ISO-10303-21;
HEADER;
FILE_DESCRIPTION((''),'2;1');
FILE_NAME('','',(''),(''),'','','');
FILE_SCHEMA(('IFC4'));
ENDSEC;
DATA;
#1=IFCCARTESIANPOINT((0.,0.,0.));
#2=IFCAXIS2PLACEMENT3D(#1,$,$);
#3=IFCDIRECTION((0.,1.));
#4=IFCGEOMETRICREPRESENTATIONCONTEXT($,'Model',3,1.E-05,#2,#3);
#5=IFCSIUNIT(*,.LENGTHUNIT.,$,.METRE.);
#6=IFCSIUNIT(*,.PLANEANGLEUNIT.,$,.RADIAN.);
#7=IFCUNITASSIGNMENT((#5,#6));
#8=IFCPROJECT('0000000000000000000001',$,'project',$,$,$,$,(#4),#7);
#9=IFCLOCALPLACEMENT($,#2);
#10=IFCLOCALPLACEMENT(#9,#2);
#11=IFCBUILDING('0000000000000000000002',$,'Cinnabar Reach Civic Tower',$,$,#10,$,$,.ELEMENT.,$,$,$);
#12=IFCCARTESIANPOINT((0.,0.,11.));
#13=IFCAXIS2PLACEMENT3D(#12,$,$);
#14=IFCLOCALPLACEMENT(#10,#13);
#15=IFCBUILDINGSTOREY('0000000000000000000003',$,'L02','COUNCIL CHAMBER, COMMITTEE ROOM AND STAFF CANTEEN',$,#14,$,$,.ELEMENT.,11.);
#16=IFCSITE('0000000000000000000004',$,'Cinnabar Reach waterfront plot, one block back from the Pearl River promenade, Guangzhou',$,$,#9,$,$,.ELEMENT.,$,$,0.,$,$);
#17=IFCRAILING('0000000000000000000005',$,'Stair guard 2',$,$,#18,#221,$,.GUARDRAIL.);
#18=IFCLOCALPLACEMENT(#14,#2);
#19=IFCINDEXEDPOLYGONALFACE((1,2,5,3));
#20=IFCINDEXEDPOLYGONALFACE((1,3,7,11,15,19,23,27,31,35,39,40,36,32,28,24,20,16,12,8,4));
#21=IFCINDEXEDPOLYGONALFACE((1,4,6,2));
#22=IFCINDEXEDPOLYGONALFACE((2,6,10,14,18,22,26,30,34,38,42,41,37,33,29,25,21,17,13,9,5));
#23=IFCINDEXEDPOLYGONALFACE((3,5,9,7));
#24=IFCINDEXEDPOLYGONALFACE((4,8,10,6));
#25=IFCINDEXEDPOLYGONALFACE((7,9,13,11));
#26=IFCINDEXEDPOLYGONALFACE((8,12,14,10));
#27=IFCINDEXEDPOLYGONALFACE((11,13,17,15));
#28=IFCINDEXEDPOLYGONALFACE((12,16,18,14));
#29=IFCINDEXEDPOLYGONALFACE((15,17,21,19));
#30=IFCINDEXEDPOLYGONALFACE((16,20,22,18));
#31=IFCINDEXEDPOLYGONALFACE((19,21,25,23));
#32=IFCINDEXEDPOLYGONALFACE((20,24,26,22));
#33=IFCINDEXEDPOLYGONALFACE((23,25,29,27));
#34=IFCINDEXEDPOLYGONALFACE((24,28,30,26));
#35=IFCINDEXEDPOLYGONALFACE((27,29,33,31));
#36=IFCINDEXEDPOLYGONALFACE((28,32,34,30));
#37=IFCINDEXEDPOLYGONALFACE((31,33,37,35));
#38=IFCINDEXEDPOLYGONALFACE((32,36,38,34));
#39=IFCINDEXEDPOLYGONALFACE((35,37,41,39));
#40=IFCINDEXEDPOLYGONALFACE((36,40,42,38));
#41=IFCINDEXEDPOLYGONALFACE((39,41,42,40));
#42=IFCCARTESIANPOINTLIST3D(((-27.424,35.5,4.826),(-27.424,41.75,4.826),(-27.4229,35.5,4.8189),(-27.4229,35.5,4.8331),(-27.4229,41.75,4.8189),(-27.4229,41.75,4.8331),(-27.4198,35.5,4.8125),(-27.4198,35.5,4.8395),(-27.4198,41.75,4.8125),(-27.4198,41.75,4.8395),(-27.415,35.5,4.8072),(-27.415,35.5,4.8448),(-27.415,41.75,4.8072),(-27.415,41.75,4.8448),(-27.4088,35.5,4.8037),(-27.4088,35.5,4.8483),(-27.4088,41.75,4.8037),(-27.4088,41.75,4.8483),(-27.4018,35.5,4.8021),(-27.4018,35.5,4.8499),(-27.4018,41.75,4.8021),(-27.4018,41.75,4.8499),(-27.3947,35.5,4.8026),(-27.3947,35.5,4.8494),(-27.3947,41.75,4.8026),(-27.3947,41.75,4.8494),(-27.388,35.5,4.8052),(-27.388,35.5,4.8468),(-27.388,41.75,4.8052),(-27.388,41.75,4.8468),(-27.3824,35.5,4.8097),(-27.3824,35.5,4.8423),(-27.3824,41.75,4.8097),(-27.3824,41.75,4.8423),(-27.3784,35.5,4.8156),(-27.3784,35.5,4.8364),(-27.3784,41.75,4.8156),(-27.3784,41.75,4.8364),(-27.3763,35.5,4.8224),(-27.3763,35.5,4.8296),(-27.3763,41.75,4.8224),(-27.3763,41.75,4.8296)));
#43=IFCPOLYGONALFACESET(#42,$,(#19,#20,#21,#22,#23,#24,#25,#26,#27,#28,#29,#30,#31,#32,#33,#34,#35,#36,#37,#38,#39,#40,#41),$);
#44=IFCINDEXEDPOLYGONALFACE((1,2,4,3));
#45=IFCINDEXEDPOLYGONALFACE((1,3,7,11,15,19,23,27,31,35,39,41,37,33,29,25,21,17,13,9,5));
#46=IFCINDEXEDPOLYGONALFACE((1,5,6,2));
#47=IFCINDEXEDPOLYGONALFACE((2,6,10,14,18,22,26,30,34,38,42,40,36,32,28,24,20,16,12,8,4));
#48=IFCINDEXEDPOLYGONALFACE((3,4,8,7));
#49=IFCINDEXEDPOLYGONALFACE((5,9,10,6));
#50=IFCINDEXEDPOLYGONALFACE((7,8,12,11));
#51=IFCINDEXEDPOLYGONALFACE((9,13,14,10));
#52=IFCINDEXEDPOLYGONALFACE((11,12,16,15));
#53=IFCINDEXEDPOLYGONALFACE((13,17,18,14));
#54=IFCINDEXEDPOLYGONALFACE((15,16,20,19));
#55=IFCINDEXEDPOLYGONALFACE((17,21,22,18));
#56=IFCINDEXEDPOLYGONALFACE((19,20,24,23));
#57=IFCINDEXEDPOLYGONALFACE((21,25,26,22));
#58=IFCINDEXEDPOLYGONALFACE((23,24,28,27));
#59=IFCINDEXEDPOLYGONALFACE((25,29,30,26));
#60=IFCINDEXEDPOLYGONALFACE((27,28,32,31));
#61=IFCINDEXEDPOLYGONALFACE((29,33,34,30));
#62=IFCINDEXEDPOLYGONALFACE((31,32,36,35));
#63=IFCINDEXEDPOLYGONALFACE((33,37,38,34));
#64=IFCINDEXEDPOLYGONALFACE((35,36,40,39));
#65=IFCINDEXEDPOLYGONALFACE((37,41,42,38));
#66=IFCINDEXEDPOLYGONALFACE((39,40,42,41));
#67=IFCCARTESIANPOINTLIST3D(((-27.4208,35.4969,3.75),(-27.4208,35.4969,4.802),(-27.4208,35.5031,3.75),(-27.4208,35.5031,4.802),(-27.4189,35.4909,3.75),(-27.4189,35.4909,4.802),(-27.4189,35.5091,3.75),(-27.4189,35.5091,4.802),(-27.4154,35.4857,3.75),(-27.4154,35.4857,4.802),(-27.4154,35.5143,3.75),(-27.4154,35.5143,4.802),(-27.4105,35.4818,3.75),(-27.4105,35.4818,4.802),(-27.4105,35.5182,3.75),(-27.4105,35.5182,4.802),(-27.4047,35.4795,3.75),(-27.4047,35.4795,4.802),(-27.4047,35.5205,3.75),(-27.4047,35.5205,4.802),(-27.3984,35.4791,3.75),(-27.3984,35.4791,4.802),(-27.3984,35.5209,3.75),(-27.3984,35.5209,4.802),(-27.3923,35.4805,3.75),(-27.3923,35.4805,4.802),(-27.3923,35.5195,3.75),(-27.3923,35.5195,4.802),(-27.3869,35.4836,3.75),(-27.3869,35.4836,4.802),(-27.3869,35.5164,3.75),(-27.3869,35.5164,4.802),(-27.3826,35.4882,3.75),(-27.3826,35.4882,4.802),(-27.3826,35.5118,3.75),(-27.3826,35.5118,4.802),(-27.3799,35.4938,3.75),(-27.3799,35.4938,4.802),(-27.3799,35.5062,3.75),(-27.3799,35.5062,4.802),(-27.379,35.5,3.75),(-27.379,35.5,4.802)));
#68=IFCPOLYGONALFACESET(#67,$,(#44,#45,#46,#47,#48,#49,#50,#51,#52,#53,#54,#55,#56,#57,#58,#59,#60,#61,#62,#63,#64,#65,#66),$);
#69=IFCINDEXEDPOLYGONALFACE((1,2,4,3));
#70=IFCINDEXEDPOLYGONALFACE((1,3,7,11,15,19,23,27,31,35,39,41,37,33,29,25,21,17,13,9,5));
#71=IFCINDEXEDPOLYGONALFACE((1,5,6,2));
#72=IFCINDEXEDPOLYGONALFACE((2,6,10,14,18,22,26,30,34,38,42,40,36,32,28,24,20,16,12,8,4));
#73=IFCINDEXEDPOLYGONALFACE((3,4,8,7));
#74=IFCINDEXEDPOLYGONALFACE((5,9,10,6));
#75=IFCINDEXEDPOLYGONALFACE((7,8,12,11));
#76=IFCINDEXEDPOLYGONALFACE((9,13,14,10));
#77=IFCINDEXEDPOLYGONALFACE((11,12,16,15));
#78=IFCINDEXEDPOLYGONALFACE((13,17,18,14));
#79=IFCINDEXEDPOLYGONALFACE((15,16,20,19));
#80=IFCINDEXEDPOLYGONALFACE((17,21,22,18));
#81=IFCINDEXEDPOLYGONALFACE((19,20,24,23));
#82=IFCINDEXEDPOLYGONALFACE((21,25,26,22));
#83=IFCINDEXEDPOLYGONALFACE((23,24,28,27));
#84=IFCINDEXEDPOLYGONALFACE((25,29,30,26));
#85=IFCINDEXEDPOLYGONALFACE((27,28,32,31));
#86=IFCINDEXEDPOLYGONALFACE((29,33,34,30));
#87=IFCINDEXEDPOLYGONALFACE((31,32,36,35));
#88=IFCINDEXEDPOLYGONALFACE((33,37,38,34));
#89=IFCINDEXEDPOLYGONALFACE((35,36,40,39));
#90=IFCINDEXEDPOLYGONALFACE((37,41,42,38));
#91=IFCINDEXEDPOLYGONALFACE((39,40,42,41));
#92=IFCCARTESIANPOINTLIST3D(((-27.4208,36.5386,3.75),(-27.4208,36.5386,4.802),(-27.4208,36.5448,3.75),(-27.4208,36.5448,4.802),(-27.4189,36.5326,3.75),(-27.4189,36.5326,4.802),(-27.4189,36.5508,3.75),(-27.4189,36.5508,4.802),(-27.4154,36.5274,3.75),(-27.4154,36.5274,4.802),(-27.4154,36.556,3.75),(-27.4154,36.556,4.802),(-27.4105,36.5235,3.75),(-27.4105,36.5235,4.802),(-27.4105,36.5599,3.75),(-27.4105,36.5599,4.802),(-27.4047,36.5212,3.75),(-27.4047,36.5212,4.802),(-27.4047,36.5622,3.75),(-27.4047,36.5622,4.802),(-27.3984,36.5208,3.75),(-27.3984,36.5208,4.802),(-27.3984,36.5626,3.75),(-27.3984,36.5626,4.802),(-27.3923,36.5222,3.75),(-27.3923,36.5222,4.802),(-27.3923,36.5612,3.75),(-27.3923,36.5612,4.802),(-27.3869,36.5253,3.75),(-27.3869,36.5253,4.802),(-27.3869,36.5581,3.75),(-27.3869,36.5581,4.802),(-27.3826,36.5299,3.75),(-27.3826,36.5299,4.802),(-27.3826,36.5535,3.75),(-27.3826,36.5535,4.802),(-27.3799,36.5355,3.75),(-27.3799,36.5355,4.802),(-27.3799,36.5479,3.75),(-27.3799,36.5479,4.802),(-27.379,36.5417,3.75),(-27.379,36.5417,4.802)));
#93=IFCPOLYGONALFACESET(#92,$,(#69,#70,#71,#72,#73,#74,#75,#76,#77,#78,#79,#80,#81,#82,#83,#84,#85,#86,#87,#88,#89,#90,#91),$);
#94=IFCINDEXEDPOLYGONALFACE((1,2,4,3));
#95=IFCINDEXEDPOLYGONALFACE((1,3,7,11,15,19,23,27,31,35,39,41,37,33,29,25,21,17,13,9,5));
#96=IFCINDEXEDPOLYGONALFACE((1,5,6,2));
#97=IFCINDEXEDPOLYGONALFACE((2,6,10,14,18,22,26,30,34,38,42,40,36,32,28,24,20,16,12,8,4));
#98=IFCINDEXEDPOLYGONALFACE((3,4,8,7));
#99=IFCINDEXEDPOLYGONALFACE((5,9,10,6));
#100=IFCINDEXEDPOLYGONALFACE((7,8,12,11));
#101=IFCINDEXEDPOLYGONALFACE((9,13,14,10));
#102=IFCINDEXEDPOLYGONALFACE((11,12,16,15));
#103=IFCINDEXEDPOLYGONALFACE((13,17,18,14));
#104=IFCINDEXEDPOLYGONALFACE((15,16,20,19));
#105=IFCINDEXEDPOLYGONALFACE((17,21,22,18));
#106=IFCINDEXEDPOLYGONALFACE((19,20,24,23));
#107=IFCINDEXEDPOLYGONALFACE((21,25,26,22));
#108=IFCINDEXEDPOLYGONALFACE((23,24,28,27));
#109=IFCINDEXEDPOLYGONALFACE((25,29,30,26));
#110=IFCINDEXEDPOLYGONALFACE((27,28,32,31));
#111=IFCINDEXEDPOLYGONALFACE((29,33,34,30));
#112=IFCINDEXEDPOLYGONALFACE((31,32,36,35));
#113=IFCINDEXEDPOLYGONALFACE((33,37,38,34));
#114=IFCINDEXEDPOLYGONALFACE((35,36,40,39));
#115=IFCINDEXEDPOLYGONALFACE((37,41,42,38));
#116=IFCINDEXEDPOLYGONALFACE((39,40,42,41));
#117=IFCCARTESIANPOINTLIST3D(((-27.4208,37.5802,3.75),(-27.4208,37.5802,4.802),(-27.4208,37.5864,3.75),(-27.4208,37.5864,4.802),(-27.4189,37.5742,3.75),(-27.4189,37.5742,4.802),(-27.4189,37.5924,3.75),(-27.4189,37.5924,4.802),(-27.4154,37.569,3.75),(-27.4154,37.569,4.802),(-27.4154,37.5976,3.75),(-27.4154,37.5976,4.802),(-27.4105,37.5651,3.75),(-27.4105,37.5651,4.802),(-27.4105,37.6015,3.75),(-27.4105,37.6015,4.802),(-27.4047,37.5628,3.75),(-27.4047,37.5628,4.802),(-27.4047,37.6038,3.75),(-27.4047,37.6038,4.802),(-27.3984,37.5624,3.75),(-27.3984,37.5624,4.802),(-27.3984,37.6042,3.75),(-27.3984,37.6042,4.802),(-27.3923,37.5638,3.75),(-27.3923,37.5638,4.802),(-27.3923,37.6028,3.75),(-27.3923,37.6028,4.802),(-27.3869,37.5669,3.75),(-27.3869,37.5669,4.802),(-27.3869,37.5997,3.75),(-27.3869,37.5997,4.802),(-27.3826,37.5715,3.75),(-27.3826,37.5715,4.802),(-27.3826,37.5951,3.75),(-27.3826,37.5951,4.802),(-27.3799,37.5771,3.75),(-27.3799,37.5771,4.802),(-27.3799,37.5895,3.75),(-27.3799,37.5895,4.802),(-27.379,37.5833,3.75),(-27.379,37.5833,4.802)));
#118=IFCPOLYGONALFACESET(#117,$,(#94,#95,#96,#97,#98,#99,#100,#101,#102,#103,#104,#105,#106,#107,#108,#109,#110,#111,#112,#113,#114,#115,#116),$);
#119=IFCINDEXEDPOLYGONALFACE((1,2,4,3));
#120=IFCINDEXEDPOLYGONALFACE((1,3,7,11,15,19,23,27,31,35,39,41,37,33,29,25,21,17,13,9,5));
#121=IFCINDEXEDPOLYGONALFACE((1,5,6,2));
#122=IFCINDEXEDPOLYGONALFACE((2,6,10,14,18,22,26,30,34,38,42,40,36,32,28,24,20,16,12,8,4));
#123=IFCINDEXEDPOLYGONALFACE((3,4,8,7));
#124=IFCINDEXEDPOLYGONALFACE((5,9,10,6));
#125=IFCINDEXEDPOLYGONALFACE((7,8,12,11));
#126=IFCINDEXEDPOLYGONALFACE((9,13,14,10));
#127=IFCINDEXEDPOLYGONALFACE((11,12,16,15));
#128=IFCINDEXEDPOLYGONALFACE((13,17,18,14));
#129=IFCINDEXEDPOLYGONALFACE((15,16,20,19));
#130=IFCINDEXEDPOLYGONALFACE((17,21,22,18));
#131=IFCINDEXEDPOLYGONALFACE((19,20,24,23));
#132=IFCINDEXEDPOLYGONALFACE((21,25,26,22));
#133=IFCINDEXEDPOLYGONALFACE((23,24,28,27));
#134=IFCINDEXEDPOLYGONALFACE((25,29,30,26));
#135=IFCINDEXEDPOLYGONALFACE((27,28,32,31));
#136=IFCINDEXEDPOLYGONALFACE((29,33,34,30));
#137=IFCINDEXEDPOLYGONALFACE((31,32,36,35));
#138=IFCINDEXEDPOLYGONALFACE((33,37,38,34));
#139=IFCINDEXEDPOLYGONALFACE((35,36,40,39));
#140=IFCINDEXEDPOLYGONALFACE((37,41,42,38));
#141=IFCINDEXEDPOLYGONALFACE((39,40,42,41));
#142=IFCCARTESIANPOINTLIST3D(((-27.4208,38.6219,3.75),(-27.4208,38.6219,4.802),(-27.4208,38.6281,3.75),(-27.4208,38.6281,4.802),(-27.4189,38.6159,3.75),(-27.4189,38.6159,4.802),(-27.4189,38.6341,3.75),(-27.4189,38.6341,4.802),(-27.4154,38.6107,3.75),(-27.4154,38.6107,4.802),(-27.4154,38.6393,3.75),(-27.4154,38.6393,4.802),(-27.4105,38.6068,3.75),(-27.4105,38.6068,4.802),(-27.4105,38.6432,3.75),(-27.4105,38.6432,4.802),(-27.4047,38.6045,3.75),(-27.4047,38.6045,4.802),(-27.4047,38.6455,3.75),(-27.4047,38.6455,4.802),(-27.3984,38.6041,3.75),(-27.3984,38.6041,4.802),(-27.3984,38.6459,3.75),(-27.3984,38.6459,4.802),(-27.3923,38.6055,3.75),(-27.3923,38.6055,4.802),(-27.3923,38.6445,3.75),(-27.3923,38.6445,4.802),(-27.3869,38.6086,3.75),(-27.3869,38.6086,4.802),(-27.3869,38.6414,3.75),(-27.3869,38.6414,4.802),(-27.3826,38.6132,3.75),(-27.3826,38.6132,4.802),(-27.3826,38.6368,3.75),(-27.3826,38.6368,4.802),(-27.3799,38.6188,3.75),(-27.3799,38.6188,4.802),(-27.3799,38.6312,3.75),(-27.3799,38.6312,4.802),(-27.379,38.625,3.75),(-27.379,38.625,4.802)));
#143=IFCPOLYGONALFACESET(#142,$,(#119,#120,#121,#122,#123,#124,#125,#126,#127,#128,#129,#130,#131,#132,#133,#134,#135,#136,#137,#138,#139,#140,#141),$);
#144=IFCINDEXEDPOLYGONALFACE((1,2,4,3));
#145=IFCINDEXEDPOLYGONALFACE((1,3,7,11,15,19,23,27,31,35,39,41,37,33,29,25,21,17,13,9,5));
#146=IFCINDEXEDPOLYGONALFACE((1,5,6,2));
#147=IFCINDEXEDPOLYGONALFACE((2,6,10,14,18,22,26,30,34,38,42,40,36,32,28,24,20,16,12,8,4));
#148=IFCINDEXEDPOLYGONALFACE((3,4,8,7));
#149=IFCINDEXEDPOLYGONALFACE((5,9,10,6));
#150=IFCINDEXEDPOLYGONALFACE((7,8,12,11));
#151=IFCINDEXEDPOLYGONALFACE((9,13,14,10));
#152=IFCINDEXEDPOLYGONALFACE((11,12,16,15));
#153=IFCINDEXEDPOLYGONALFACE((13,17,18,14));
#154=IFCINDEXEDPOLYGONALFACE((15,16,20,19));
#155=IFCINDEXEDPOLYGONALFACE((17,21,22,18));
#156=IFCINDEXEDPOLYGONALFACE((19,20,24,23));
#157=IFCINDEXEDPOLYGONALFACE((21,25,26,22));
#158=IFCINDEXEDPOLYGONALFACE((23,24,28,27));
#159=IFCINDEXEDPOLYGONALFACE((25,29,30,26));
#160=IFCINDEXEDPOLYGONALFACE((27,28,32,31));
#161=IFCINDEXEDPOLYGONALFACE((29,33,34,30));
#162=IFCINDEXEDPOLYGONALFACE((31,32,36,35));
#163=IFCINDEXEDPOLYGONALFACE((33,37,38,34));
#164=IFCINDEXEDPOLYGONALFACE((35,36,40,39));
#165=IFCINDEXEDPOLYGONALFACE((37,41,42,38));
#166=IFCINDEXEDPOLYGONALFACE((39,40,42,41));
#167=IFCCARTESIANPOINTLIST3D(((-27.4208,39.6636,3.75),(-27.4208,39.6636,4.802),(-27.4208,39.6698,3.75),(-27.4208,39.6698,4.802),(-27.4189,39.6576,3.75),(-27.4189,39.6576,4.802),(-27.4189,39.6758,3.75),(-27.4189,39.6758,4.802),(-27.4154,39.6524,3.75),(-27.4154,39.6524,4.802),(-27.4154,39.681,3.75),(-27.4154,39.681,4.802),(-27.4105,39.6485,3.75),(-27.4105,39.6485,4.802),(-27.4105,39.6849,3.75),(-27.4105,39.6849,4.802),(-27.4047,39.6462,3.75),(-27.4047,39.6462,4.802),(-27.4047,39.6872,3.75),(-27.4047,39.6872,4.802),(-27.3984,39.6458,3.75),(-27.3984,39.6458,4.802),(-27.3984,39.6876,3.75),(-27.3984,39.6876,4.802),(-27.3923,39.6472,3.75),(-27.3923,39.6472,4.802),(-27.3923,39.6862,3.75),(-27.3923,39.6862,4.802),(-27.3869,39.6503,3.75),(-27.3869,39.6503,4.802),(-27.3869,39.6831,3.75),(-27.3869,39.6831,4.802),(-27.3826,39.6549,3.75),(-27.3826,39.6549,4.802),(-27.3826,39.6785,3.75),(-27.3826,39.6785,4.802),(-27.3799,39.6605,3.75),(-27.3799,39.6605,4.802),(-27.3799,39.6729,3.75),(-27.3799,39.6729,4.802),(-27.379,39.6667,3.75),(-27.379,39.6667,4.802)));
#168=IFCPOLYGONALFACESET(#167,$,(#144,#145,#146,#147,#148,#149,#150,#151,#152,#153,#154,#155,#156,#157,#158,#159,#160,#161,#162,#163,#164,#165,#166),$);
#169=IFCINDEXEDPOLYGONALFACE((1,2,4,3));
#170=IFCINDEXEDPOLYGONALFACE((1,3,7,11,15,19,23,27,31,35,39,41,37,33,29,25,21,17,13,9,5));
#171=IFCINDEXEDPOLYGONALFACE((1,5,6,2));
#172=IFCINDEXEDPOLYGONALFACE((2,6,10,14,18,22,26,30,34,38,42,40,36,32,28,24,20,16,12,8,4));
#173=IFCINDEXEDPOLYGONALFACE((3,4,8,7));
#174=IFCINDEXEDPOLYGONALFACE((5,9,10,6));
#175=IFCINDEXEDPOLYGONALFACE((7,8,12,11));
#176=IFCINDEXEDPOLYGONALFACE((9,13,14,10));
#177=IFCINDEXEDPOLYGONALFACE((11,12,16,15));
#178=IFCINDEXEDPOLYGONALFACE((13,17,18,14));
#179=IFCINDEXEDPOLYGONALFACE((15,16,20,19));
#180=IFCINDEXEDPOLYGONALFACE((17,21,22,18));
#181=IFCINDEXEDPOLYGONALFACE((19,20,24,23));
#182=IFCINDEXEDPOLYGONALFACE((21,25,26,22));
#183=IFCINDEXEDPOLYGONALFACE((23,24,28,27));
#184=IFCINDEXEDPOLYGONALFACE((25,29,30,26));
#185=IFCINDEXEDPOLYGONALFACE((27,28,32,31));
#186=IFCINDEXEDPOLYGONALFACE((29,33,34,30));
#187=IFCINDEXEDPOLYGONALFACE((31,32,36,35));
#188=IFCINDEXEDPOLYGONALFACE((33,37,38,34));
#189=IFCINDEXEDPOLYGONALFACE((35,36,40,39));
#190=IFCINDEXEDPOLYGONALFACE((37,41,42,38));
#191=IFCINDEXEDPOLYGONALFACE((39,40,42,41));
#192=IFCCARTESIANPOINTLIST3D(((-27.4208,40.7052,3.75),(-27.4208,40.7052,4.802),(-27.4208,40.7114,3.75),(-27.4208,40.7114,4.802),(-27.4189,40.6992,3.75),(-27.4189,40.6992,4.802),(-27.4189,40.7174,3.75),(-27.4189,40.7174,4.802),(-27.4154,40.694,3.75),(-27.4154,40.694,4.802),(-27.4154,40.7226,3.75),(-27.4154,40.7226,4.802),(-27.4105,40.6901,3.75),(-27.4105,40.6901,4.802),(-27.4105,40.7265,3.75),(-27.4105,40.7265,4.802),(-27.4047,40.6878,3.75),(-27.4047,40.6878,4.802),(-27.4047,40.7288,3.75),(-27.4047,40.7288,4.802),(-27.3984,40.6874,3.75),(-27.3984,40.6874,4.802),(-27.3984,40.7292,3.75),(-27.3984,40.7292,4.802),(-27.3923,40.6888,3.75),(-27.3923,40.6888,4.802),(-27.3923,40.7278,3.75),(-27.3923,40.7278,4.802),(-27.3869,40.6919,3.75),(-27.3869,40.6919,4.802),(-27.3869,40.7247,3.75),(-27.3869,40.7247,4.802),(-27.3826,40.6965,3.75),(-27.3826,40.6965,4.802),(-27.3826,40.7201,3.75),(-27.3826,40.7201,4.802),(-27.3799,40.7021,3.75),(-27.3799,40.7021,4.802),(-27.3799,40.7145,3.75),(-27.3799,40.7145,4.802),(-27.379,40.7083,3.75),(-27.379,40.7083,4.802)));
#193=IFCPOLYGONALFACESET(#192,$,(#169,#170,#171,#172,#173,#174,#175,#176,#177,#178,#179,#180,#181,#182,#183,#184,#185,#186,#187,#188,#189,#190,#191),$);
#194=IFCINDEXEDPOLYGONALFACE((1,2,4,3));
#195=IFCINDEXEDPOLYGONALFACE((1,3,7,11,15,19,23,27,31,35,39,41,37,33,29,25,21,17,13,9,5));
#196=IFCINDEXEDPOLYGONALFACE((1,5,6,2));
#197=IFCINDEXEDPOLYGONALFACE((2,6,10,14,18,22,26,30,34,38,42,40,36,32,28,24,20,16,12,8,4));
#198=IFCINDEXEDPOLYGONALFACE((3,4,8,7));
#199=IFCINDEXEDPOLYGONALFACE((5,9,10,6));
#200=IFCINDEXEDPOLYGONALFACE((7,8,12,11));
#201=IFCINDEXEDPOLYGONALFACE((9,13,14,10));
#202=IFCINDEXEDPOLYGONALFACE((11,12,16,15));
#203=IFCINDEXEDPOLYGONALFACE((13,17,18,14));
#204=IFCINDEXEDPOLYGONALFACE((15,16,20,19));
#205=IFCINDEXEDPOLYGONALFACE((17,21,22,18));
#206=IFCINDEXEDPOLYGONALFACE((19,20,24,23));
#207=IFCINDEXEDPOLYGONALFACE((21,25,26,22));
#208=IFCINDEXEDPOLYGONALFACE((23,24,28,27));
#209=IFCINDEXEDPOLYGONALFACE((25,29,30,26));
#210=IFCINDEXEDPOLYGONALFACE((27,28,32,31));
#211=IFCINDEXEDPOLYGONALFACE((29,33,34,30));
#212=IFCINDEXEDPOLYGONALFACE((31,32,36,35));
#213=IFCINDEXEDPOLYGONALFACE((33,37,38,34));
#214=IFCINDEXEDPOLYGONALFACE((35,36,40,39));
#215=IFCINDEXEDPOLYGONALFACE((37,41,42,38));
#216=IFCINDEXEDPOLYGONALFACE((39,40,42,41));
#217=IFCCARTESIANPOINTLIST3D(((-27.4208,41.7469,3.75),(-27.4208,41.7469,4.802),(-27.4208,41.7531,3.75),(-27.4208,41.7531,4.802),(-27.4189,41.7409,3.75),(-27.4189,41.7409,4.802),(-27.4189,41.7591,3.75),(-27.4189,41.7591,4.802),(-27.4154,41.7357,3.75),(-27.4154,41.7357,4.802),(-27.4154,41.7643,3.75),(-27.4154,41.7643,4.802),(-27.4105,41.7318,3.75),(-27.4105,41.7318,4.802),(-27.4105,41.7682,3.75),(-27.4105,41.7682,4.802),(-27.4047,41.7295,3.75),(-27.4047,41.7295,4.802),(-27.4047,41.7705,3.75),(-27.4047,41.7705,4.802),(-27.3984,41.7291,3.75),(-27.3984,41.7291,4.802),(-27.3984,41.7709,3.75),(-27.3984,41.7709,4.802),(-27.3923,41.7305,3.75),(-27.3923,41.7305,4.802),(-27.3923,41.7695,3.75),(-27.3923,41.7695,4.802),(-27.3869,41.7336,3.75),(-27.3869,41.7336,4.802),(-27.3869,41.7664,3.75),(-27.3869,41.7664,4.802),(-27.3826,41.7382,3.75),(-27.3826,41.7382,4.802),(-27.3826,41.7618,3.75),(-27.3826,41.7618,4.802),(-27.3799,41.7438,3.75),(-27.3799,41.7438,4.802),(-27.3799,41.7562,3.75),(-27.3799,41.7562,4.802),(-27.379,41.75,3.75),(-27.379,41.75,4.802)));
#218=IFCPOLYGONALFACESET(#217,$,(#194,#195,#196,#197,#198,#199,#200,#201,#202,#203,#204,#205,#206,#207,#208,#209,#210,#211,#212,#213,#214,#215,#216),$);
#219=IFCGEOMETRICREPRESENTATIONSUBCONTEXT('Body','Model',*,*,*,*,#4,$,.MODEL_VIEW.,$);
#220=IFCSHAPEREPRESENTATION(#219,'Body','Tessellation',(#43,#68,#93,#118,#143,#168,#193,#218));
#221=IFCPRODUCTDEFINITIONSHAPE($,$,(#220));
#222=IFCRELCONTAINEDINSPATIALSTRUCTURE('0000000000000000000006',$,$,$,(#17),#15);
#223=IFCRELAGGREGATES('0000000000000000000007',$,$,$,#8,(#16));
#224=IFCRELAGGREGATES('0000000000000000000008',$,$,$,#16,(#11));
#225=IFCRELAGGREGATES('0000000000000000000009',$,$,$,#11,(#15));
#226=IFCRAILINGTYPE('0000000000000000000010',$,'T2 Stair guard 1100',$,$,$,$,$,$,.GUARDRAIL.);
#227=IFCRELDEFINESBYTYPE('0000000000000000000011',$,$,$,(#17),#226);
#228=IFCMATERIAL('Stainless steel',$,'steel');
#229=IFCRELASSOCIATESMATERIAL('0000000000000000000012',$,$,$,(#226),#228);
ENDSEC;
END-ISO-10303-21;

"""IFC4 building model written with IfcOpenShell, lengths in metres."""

from ifc_helpers import new_model, si_unit, direction, frame, origin, origin_2d, place, context, subcontext, project, spatial, circle, extrude, material, type_object, element, save


model = new_model("IFC4")

# Units and contexts
model_context = context("Model", 3, precision=1e-05, world=origin(), true_north=direction((0.0, 1.0)))
body_context = subcontext(model_context, "Body", "Model", "MODEL_VIEW")
ifc_project = project(units=[si_unit("LENGTHUNIT", "METRE"), si_unit("PLANEANGLEUNIT", "RADIAN")], contexts=[model_context])

# Site, building, storey
site_placement = place(None, origin())
site = spatial("IfcSite", under=ifc_project, at=site_placement, Name="Cinnabar Reach waterfront plot, one block back from the Pearl River promenade, Guangzhou", CompositionType="ELEMENT", RefElevation=0.0)
building_placement = place(site_placement, origin())
building = spatial("IfcBuilding", under=site, at=building_placement, Name="Cinnabar Reach Civic Tower", CompositionType="ELEMENT")
storey_placement = place(building_placement, frame((0.0, 0.0, 11.0)))
storey = spatial("IfcBuildingStorey", under=building, at=storey_placement, Name="L02", Description="COUNCIL CHAMBER, COMMITTEE ROOM AND STAFF CANTEEN", CompositionType="ELEMENT", Elevation=11.0)

# Railing
ifc_material_1 = material(Name="Stainless steel", Category="steel")
railing_type = type_object("IfcRailingType", Name="T2 Stair guard 1100", PredefinedType="GUARDRAIL", material=ifc_material_1)
for number, where, name in (
    (1, (-27.4, 35.5, 3.75), "Stair guard 2"),
):
    element("IfcRailing", number, at=place(storey_placement, frame(where)), inside=storey, type_object=railing_type, Name=name, PredefinedType="GUARDRAIL", context=body_context, shape_type="SweptSolid", body=[
        extrude(circle(Radius=0.024, at=origin_2d()), frame((0.0, 0.0, 1.076), z_axis=(0.0, 1.0, 0.0), x_axis=(-1.0, 0.0, 0.0)), (0.0, 0.0, 1.0), 6.25),
        extrude(circle(Radius=0.021, at=origin_2d()), origin(), (0.0, 0.0, 1.0), 1.052),
        extrude(circle(Radius=0.021, at=origin_2d()), frame((0.0, 1.0417, 0.0)), (0.0, 0.0, 1.0), 1.052),
        extrude(circle(Radius=0.021, at=origin_2d()), frame((0.0, 2.0833, 0.0)), (0.0, 0.0, 1.0), 1.052),
        extrude(circle(Radius=0.021, at=origin_2d()), frame((0.0, 3.125, 0.0)), (0.0, 0.0, 1.0), 1.052),
        extrude(circle(Radius=0.021, at=origin_2d()), frame((0.0, 4.1667, 0.0)), (0.0, 0.0, 1.0), 1.052),
        extrude(circle(Radius=0.021, at=origin_2d()), frame((0.0, 5.2083, 0.0)), (0.0, 0.0, 1.0), 1.052),
        extrude(circle(Radius=0.021, at=origin_2d()), frame((0.0, 6.25, 0.0)), (0.0, 0.0, 1.0), 1.052),
    ])

save(model, "model.ifc")
